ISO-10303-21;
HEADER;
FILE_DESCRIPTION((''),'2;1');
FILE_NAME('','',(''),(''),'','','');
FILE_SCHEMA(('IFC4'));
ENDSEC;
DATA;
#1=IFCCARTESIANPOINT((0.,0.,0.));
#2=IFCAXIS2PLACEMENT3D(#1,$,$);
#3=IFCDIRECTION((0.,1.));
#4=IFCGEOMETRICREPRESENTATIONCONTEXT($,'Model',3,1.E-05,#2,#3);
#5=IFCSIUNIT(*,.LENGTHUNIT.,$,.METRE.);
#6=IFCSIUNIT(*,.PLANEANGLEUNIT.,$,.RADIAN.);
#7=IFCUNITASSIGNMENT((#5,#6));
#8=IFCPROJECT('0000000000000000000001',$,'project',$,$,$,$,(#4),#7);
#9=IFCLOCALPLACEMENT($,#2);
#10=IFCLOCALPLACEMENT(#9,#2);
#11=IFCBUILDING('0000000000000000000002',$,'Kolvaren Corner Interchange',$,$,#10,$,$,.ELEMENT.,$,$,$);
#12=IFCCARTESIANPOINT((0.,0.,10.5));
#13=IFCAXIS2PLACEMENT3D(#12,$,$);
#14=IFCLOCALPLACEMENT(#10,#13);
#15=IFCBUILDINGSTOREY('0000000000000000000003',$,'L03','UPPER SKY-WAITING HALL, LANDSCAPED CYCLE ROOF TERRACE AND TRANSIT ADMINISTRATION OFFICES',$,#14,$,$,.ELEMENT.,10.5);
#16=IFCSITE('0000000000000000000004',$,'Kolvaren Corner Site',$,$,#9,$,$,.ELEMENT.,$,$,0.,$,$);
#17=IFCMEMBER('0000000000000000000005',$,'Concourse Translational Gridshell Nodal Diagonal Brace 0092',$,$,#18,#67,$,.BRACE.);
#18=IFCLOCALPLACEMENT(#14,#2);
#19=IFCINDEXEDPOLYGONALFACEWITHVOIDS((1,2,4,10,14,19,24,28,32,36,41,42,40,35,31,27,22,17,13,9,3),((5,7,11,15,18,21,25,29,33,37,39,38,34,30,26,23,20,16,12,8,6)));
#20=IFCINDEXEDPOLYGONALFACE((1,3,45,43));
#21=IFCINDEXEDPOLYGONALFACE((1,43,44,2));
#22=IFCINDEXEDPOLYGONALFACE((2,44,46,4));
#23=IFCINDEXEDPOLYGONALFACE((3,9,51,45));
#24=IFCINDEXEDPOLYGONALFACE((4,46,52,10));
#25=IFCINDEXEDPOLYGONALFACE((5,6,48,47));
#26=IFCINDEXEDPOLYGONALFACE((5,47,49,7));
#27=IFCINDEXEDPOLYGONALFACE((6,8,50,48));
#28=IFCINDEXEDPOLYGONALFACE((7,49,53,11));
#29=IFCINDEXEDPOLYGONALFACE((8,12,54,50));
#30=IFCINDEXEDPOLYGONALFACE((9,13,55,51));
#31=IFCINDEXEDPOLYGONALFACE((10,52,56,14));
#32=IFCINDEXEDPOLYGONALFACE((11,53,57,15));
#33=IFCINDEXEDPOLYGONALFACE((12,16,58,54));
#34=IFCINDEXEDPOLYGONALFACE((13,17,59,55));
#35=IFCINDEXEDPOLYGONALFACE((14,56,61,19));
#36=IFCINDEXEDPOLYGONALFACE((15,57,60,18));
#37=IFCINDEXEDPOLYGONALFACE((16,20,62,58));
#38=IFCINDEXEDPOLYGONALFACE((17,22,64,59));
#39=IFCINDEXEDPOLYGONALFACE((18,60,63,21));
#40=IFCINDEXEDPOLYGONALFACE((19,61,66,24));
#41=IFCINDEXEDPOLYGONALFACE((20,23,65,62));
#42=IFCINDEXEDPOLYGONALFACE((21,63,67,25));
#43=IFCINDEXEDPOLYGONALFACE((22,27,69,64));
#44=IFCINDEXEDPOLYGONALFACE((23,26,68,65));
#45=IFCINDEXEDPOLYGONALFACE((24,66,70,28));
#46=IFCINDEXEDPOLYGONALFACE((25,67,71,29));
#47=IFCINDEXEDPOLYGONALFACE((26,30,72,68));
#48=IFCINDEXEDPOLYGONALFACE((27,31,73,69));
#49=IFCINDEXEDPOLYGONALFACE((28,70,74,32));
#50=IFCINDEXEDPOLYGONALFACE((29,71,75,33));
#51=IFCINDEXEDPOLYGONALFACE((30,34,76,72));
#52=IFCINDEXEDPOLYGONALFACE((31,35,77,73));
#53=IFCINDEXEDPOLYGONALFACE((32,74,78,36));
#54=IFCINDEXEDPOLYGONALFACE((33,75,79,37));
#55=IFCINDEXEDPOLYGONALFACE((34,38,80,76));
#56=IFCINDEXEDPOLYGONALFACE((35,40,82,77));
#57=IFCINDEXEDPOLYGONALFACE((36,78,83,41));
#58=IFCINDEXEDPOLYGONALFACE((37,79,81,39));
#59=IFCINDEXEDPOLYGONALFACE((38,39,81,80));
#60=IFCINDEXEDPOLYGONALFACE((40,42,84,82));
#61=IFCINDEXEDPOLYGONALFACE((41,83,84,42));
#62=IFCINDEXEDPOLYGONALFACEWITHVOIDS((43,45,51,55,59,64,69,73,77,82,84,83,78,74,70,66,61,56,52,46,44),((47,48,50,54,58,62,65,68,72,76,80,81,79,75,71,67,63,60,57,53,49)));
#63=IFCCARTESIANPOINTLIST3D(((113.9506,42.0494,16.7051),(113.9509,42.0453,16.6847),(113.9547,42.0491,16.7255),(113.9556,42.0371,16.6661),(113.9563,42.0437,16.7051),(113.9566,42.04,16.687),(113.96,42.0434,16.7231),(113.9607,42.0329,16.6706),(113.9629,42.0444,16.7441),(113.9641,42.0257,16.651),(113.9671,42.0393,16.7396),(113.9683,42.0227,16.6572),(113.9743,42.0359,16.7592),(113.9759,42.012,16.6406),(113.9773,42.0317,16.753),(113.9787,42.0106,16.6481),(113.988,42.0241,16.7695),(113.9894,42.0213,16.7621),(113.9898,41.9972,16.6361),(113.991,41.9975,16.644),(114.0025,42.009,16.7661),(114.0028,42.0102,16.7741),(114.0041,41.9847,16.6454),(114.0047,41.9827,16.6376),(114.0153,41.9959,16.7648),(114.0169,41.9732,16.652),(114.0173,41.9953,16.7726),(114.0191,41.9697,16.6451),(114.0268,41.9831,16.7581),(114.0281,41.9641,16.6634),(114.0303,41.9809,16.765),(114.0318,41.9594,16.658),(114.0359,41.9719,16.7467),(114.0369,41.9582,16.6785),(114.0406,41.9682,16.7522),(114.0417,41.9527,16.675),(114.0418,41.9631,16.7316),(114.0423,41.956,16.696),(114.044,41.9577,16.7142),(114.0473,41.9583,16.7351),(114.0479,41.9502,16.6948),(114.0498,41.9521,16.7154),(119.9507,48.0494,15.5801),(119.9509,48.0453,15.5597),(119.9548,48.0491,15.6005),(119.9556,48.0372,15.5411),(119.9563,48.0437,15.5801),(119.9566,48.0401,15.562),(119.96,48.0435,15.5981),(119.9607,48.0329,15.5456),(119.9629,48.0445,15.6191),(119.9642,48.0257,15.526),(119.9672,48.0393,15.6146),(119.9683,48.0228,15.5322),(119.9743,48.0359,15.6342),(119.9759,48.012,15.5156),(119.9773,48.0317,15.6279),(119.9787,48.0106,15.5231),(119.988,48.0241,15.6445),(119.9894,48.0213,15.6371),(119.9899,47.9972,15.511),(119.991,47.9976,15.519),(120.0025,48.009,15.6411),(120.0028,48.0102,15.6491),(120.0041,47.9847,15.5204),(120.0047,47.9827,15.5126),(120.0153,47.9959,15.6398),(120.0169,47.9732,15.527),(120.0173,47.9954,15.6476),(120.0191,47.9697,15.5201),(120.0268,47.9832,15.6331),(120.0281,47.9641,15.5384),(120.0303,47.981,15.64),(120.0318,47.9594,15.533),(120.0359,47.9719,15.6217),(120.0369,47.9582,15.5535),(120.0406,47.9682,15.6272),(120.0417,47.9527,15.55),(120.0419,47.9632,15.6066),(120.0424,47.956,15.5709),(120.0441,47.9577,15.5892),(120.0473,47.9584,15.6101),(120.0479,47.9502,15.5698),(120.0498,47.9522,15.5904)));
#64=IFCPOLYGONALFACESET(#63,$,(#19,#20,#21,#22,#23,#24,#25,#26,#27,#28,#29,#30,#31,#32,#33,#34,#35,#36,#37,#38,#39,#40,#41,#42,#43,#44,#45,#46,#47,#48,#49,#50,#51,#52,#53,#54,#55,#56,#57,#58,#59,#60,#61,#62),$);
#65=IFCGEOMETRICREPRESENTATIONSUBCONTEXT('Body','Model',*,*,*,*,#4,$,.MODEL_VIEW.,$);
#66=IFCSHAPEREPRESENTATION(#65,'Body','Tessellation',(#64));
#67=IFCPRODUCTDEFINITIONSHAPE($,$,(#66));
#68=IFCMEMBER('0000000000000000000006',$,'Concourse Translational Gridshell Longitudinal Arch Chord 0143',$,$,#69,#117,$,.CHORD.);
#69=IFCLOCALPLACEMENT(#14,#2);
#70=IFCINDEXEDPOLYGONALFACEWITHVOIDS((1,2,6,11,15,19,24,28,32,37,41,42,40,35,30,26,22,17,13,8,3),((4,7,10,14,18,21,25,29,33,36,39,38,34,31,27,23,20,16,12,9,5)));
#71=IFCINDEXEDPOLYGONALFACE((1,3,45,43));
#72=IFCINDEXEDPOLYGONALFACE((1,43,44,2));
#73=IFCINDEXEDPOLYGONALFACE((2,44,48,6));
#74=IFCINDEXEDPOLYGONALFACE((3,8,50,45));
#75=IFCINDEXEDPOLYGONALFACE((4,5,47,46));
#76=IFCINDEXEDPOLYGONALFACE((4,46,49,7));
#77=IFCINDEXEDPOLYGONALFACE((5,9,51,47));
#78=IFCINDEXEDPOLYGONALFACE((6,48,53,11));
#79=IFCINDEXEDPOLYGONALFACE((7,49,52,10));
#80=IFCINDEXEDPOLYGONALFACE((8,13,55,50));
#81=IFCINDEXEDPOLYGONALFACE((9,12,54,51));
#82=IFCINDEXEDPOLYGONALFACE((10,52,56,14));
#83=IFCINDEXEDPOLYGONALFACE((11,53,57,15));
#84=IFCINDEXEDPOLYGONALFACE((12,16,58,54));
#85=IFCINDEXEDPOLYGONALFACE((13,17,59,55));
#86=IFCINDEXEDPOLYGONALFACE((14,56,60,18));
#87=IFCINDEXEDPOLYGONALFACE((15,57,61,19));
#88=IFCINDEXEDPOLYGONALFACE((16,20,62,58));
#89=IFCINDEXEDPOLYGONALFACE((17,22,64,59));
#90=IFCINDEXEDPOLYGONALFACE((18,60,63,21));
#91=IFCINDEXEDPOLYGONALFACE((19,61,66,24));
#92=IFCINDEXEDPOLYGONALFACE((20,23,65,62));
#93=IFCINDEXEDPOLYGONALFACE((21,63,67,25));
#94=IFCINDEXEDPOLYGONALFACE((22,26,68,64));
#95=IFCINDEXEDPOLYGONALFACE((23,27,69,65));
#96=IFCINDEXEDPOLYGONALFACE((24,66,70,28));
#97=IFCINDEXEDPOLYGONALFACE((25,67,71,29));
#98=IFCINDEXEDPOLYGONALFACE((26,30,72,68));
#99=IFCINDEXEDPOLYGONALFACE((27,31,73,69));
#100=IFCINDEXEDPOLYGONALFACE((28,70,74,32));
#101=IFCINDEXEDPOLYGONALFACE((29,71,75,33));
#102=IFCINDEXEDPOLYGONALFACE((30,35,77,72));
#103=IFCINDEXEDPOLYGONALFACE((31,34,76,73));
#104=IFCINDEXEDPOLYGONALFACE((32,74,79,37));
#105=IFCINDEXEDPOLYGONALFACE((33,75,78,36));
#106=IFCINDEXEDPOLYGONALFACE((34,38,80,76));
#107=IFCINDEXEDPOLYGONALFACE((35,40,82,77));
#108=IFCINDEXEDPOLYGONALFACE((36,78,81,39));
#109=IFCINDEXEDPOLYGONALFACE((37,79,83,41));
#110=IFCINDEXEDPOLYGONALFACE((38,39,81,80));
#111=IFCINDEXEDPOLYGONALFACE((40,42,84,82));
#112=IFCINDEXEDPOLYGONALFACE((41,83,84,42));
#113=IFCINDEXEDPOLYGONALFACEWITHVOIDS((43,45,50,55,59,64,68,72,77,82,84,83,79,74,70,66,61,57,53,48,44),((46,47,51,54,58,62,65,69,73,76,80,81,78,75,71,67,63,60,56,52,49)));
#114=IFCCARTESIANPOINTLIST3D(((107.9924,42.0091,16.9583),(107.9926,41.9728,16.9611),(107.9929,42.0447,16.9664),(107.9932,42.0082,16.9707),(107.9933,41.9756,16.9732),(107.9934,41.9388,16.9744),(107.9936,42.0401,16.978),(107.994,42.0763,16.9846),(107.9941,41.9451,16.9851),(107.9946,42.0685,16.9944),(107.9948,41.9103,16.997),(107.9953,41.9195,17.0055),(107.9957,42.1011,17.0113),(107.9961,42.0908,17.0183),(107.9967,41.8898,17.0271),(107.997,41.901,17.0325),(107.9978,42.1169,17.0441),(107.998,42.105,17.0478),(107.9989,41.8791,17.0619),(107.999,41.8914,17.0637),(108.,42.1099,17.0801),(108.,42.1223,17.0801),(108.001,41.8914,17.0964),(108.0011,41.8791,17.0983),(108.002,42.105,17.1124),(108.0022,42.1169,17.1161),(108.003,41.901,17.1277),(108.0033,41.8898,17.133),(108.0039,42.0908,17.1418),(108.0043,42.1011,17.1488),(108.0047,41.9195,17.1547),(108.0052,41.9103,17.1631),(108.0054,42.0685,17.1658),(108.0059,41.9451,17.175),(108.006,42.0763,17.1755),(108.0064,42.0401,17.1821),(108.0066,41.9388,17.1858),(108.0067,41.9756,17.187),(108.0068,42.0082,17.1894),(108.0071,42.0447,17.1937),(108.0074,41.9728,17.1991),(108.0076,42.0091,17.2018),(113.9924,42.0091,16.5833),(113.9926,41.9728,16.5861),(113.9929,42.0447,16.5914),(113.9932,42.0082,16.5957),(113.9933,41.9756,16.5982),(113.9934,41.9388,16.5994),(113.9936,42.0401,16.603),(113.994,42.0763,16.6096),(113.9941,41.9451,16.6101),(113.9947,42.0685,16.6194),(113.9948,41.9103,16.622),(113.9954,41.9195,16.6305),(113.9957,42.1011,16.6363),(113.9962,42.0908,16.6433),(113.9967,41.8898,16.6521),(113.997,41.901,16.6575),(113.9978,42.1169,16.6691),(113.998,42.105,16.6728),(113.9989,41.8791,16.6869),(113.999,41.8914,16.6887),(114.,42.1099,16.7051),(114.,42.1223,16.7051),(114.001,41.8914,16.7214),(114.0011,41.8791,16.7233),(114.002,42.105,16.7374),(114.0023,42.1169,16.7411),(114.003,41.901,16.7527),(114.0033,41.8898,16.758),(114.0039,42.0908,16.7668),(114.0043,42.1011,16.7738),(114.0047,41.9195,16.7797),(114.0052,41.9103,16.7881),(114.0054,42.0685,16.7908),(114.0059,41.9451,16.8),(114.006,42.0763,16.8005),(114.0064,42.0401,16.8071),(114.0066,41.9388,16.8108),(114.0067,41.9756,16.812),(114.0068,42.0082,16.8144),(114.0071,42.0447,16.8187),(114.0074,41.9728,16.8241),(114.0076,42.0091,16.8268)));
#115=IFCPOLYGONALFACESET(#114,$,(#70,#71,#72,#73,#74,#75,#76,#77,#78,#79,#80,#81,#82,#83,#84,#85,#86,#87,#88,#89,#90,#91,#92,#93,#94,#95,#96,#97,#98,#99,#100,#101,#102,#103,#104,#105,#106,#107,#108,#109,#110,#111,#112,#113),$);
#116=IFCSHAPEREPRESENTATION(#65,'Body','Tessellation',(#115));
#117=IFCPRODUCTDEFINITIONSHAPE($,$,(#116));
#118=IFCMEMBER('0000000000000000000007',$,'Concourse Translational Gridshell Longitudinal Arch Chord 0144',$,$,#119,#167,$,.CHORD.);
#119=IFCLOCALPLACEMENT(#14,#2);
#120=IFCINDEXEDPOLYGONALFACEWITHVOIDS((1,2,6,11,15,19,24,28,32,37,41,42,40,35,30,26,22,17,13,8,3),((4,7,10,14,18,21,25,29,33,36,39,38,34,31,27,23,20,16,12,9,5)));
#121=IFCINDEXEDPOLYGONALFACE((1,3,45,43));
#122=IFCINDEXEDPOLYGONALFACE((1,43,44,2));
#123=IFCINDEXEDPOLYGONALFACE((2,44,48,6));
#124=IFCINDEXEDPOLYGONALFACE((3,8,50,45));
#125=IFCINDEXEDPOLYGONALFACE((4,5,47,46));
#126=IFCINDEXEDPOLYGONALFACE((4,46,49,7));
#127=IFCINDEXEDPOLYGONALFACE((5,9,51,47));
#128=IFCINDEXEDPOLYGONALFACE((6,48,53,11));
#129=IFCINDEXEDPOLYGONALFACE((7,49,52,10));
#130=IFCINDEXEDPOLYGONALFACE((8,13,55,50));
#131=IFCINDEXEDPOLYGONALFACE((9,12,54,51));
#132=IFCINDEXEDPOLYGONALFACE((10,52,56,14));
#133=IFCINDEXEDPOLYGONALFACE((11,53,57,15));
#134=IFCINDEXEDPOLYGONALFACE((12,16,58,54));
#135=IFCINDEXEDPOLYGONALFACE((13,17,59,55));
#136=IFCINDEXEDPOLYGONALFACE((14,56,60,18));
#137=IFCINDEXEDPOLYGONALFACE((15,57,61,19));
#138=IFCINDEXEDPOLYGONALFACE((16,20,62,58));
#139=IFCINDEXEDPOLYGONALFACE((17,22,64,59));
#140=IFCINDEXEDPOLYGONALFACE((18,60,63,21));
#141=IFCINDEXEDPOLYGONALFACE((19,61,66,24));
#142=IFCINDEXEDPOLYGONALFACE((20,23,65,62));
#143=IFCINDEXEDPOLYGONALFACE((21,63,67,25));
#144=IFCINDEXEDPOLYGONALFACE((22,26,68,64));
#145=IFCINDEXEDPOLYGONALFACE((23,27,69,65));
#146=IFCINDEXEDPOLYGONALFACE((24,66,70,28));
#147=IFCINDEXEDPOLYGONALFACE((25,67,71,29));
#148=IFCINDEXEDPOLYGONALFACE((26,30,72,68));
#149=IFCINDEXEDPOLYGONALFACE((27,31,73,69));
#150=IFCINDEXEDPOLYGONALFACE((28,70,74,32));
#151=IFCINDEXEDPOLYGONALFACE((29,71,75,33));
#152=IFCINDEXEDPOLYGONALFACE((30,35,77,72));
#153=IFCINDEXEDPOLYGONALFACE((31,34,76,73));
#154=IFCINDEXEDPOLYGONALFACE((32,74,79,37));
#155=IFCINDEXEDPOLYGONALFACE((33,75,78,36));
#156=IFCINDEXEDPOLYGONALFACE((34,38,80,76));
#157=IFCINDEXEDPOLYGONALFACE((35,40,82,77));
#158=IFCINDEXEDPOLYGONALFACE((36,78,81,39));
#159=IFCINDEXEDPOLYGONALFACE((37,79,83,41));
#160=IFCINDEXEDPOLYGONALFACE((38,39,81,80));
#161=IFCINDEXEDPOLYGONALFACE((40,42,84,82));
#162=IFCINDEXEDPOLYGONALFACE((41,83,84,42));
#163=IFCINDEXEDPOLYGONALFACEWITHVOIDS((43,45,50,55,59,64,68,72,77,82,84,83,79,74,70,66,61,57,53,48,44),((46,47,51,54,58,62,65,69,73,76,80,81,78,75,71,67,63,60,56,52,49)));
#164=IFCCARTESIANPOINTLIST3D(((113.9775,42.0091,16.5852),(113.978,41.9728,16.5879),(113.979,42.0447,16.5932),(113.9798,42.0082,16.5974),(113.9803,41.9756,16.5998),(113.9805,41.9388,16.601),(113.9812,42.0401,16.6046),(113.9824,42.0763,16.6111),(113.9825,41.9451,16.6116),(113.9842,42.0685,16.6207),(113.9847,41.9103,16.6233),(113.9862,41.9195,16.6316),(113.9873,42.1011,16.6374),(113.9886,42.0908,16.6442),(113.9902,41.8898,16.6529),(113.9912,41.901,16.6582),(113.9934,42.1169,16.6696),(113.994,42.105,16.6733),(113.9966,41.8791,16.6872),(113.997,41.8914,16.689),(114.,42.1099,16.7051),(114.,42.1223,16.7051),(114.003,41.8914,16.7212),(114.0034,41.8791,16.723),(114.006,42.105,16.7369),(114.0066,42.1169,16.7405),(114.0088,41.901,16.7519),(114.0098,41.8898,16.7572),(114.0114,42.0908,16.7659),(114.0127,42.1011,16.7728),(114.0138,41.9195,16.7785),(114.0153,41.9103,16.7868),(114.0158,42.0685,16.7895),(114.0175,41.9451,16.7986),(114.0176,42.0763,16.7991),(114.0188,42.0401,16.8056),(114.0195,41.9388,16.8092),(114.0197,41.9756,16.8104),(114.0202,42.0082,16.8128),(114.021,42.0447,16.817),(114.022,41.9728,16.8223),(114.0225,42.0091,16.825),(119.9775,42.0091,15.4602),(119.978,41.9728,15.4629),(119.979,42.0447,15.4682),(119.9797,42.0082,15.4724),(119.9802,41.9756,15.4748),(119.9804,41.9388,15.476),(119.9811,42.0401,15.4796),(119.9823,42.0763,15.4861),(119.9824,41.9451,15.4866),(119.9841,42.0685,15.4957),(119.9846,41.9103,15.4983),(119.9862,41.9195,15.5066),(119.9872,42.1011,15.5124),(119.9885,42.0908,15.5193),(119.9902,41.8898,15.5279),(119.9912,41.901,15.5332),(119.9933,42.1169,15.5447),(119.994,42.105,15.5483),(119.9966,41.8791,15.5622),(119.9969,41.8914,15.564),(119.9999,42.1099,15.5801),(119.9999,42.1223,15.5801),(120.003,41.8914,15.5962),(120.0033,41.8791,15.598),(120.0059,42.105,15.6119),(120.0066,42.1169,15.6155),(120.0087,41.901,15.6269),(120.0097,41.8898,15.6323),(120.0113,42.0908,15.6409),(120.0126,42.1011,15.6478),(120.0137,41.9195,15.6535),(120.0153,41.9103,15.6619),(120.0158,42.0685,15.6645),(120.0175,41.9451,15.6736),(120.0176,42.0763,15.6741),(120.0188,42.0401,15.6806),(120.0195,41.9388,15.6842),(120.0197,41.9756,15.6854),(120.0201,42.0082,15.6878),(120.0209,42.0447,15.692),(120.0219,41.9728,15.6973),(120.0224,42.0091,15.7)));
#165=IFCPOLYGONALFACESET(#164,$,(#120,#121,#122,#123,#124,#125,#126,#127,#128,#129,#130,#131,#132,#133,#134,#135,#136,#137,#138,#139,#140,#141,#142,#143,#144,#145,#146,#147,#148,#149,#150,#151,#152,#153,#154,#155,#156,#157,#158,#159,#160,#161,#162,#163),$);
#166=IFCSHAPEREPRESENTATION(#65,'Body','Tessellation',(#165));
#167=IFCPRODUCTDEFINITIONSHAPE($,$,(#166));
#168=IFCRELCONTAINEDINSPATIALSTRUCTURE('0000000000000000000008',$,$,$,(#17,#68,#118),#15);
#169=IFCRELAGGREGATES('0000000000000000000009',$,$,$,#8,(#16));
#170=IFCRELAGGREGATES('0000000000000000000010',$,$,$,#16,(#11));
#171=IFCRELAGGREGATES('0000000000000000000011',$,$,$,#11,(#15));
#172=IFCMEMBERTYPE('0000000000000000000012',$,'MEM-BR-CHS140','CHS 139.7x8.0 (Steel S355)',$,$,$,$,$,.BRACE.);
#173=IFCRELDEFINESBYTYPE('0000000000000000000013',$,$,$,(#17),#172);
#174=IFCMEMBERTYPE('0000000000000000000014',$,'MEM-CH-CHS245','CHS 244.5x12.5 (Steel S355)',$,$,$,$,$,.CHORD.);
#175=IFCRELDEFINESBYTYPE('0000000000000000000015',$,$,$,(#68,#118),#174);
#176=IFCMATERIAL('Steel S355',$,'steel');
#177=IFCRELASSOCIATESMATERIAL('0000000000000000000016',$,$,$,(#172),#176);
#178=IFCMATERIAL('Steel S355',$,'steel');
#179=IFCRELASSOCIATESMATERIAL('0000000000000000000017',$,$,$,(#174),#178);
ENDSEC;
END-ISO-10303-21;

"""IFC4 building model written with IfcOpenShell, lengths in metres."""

from ifc_helpers import new_model, si_unit, direction, frame, origin, origin_2d, place, context, subcontext, project, spatial, hollow_circle, extrude, material, material_profile, profile_set, type_object, element, save


model = new_model("IFC4")

# Units and contexts
model_context = context("Model", 3, precision=1e-05, world=origin(), true_north=direction((0.0, 1.0)))
body_context = subcontext(model_context, "Body", "Model", "MODEL_VIEW")
ifc_project = project(units=[si_unit("LENGTHUNIT", "METRE"), si_unit("PLANEANGLEUNIT", "RADIAN")], contexts=[model_context])

# Site, building, storey
site_placement = place(None, origin())
site = spatial("IfcSite", under=ifc_project, at=site_placement, Name="Kolvaren Corner Site", CompositionType="ELEMENT", RefElevation=0.0)
building_placement = place(site_placement, origin())
building = spatial("IfcBuilding", under=site, at=building_placement, Name="Kolvaren Corner Interchange", CompositionType="ELEMENT")
storey_placement = place(building_placement, frame((0.0, 0.0, 10.5)))
storey = spatial("IfcBuildingStorey", under=building, at=storey_placement, Name="L03", Description="UPPER SKY-WAITING HALL, LANDSCAPED CYCLE ROOF TERRACE AND TRANSIT ADMINISTRATION OFFICES", CompositionType="ELEMENT", Elevation=10.5)

# Members
ifc_material_1 = material(Name="Steel S355", Category="steel")
ifc_material_profile_1 = material_profile(ifc_material_1, hollow_circle(Radius=0.0698, WallThickness=0.0081, at=origin_2d()), Name="CHS 139.7x8.0")
ifc_profile_set_1 = profile_set([ifc_material_profile_1], Name="Steel S355")
member_type_1 = type_object("IfcMemberType", Name="MEM-BR-CHS140", Description="CHS 139.7x8.0 (Steel S355)", PredefinedType="BRACE", material=ifc_profile_set_1)
member_1_placement = place(storey_placement, frame((114.0, 42.0, 16.7051), z_axis=(0.700973, 0.700973, -0.131432), x_axis=(-0.707107, 0.707107, 0.0)))
element("IfcMember", 1, at=member_1_placement, inside=storey, type_object=member_type_1, Name="Concourse Translational Gridshell Nodal Diagonal Brace 0092", PredefinedType="BRACE", context=body_context, shape_type="SweptSolid", body=[
    extrude(hollow_circle(Radius=0.0698, WallThickness=0.0081, at=origin_2d()), origin(), (0.0, 0.0, 1.0), 8.5596),
])
ifc_material_2 = material(Name="Steel S355", Category="steel")
ifc_material_profile_2 = material_profile(ifc_material_2, hollow_circle(Radius=0.1223, WallThickness=0.0125, at=origin_2d()), Name="CHS 244.5x12.5")
ifc_profile_set_2 = profile_set([ifc_material_profile_2], Name="Steel S355")
member_type_2 = type_object("IfcMemberType", Name="MEM-CH-CHS245", Description="CHS 244.5x12.5 (Steel S355)", PredefinedType="CHORD", material=ifc_profile_set_2)
member_2_placement = place(storey_placement, frame((108.0, 42.0, 17.0801), z_axis=(0.998053, 0.0, -0.062378), x_axis=(0.0, 1.0, 0.0)))
element("IfcMember", 2, at=member_2_placement, inside=storey, type_object=member_type_2, Name="Concourse Translational Gridshell Longitudinal Arch Chord 0143", PredefinedType="CHORD", context=body_context, shape_type="SweptSolid", body=[
    extrude(hollow_circle(Radius=0.1223, WallThickness=0.0125, at=origin_2d()), origin(), (0.0, 0.0, 1.0), 6.0117),
])
member_3_placement = place(storey_placement, frame((114.0, 42.0, 16.7051), z_axis=(0.982872, 0.0, -0.184289), x_axis=(0.0, 1.0, 0.0)))
element("IfcMember", 3, at=member_3_placement, inside=storey, type_object=member_type_2, Name="Concourse Translational Gridshell Longitudinal Arch Chord 0144", PredefinedType="CHORD", context=body_context, shape_type="SweptSolid", body=[
    extrude(hollow_circle(Radius=0.1223, WallThickness=0.0125, at=origin_2d()), origin(), (0.0, 0.0, 1.0), 6.1045),
])

save(model, "model.ifc")
